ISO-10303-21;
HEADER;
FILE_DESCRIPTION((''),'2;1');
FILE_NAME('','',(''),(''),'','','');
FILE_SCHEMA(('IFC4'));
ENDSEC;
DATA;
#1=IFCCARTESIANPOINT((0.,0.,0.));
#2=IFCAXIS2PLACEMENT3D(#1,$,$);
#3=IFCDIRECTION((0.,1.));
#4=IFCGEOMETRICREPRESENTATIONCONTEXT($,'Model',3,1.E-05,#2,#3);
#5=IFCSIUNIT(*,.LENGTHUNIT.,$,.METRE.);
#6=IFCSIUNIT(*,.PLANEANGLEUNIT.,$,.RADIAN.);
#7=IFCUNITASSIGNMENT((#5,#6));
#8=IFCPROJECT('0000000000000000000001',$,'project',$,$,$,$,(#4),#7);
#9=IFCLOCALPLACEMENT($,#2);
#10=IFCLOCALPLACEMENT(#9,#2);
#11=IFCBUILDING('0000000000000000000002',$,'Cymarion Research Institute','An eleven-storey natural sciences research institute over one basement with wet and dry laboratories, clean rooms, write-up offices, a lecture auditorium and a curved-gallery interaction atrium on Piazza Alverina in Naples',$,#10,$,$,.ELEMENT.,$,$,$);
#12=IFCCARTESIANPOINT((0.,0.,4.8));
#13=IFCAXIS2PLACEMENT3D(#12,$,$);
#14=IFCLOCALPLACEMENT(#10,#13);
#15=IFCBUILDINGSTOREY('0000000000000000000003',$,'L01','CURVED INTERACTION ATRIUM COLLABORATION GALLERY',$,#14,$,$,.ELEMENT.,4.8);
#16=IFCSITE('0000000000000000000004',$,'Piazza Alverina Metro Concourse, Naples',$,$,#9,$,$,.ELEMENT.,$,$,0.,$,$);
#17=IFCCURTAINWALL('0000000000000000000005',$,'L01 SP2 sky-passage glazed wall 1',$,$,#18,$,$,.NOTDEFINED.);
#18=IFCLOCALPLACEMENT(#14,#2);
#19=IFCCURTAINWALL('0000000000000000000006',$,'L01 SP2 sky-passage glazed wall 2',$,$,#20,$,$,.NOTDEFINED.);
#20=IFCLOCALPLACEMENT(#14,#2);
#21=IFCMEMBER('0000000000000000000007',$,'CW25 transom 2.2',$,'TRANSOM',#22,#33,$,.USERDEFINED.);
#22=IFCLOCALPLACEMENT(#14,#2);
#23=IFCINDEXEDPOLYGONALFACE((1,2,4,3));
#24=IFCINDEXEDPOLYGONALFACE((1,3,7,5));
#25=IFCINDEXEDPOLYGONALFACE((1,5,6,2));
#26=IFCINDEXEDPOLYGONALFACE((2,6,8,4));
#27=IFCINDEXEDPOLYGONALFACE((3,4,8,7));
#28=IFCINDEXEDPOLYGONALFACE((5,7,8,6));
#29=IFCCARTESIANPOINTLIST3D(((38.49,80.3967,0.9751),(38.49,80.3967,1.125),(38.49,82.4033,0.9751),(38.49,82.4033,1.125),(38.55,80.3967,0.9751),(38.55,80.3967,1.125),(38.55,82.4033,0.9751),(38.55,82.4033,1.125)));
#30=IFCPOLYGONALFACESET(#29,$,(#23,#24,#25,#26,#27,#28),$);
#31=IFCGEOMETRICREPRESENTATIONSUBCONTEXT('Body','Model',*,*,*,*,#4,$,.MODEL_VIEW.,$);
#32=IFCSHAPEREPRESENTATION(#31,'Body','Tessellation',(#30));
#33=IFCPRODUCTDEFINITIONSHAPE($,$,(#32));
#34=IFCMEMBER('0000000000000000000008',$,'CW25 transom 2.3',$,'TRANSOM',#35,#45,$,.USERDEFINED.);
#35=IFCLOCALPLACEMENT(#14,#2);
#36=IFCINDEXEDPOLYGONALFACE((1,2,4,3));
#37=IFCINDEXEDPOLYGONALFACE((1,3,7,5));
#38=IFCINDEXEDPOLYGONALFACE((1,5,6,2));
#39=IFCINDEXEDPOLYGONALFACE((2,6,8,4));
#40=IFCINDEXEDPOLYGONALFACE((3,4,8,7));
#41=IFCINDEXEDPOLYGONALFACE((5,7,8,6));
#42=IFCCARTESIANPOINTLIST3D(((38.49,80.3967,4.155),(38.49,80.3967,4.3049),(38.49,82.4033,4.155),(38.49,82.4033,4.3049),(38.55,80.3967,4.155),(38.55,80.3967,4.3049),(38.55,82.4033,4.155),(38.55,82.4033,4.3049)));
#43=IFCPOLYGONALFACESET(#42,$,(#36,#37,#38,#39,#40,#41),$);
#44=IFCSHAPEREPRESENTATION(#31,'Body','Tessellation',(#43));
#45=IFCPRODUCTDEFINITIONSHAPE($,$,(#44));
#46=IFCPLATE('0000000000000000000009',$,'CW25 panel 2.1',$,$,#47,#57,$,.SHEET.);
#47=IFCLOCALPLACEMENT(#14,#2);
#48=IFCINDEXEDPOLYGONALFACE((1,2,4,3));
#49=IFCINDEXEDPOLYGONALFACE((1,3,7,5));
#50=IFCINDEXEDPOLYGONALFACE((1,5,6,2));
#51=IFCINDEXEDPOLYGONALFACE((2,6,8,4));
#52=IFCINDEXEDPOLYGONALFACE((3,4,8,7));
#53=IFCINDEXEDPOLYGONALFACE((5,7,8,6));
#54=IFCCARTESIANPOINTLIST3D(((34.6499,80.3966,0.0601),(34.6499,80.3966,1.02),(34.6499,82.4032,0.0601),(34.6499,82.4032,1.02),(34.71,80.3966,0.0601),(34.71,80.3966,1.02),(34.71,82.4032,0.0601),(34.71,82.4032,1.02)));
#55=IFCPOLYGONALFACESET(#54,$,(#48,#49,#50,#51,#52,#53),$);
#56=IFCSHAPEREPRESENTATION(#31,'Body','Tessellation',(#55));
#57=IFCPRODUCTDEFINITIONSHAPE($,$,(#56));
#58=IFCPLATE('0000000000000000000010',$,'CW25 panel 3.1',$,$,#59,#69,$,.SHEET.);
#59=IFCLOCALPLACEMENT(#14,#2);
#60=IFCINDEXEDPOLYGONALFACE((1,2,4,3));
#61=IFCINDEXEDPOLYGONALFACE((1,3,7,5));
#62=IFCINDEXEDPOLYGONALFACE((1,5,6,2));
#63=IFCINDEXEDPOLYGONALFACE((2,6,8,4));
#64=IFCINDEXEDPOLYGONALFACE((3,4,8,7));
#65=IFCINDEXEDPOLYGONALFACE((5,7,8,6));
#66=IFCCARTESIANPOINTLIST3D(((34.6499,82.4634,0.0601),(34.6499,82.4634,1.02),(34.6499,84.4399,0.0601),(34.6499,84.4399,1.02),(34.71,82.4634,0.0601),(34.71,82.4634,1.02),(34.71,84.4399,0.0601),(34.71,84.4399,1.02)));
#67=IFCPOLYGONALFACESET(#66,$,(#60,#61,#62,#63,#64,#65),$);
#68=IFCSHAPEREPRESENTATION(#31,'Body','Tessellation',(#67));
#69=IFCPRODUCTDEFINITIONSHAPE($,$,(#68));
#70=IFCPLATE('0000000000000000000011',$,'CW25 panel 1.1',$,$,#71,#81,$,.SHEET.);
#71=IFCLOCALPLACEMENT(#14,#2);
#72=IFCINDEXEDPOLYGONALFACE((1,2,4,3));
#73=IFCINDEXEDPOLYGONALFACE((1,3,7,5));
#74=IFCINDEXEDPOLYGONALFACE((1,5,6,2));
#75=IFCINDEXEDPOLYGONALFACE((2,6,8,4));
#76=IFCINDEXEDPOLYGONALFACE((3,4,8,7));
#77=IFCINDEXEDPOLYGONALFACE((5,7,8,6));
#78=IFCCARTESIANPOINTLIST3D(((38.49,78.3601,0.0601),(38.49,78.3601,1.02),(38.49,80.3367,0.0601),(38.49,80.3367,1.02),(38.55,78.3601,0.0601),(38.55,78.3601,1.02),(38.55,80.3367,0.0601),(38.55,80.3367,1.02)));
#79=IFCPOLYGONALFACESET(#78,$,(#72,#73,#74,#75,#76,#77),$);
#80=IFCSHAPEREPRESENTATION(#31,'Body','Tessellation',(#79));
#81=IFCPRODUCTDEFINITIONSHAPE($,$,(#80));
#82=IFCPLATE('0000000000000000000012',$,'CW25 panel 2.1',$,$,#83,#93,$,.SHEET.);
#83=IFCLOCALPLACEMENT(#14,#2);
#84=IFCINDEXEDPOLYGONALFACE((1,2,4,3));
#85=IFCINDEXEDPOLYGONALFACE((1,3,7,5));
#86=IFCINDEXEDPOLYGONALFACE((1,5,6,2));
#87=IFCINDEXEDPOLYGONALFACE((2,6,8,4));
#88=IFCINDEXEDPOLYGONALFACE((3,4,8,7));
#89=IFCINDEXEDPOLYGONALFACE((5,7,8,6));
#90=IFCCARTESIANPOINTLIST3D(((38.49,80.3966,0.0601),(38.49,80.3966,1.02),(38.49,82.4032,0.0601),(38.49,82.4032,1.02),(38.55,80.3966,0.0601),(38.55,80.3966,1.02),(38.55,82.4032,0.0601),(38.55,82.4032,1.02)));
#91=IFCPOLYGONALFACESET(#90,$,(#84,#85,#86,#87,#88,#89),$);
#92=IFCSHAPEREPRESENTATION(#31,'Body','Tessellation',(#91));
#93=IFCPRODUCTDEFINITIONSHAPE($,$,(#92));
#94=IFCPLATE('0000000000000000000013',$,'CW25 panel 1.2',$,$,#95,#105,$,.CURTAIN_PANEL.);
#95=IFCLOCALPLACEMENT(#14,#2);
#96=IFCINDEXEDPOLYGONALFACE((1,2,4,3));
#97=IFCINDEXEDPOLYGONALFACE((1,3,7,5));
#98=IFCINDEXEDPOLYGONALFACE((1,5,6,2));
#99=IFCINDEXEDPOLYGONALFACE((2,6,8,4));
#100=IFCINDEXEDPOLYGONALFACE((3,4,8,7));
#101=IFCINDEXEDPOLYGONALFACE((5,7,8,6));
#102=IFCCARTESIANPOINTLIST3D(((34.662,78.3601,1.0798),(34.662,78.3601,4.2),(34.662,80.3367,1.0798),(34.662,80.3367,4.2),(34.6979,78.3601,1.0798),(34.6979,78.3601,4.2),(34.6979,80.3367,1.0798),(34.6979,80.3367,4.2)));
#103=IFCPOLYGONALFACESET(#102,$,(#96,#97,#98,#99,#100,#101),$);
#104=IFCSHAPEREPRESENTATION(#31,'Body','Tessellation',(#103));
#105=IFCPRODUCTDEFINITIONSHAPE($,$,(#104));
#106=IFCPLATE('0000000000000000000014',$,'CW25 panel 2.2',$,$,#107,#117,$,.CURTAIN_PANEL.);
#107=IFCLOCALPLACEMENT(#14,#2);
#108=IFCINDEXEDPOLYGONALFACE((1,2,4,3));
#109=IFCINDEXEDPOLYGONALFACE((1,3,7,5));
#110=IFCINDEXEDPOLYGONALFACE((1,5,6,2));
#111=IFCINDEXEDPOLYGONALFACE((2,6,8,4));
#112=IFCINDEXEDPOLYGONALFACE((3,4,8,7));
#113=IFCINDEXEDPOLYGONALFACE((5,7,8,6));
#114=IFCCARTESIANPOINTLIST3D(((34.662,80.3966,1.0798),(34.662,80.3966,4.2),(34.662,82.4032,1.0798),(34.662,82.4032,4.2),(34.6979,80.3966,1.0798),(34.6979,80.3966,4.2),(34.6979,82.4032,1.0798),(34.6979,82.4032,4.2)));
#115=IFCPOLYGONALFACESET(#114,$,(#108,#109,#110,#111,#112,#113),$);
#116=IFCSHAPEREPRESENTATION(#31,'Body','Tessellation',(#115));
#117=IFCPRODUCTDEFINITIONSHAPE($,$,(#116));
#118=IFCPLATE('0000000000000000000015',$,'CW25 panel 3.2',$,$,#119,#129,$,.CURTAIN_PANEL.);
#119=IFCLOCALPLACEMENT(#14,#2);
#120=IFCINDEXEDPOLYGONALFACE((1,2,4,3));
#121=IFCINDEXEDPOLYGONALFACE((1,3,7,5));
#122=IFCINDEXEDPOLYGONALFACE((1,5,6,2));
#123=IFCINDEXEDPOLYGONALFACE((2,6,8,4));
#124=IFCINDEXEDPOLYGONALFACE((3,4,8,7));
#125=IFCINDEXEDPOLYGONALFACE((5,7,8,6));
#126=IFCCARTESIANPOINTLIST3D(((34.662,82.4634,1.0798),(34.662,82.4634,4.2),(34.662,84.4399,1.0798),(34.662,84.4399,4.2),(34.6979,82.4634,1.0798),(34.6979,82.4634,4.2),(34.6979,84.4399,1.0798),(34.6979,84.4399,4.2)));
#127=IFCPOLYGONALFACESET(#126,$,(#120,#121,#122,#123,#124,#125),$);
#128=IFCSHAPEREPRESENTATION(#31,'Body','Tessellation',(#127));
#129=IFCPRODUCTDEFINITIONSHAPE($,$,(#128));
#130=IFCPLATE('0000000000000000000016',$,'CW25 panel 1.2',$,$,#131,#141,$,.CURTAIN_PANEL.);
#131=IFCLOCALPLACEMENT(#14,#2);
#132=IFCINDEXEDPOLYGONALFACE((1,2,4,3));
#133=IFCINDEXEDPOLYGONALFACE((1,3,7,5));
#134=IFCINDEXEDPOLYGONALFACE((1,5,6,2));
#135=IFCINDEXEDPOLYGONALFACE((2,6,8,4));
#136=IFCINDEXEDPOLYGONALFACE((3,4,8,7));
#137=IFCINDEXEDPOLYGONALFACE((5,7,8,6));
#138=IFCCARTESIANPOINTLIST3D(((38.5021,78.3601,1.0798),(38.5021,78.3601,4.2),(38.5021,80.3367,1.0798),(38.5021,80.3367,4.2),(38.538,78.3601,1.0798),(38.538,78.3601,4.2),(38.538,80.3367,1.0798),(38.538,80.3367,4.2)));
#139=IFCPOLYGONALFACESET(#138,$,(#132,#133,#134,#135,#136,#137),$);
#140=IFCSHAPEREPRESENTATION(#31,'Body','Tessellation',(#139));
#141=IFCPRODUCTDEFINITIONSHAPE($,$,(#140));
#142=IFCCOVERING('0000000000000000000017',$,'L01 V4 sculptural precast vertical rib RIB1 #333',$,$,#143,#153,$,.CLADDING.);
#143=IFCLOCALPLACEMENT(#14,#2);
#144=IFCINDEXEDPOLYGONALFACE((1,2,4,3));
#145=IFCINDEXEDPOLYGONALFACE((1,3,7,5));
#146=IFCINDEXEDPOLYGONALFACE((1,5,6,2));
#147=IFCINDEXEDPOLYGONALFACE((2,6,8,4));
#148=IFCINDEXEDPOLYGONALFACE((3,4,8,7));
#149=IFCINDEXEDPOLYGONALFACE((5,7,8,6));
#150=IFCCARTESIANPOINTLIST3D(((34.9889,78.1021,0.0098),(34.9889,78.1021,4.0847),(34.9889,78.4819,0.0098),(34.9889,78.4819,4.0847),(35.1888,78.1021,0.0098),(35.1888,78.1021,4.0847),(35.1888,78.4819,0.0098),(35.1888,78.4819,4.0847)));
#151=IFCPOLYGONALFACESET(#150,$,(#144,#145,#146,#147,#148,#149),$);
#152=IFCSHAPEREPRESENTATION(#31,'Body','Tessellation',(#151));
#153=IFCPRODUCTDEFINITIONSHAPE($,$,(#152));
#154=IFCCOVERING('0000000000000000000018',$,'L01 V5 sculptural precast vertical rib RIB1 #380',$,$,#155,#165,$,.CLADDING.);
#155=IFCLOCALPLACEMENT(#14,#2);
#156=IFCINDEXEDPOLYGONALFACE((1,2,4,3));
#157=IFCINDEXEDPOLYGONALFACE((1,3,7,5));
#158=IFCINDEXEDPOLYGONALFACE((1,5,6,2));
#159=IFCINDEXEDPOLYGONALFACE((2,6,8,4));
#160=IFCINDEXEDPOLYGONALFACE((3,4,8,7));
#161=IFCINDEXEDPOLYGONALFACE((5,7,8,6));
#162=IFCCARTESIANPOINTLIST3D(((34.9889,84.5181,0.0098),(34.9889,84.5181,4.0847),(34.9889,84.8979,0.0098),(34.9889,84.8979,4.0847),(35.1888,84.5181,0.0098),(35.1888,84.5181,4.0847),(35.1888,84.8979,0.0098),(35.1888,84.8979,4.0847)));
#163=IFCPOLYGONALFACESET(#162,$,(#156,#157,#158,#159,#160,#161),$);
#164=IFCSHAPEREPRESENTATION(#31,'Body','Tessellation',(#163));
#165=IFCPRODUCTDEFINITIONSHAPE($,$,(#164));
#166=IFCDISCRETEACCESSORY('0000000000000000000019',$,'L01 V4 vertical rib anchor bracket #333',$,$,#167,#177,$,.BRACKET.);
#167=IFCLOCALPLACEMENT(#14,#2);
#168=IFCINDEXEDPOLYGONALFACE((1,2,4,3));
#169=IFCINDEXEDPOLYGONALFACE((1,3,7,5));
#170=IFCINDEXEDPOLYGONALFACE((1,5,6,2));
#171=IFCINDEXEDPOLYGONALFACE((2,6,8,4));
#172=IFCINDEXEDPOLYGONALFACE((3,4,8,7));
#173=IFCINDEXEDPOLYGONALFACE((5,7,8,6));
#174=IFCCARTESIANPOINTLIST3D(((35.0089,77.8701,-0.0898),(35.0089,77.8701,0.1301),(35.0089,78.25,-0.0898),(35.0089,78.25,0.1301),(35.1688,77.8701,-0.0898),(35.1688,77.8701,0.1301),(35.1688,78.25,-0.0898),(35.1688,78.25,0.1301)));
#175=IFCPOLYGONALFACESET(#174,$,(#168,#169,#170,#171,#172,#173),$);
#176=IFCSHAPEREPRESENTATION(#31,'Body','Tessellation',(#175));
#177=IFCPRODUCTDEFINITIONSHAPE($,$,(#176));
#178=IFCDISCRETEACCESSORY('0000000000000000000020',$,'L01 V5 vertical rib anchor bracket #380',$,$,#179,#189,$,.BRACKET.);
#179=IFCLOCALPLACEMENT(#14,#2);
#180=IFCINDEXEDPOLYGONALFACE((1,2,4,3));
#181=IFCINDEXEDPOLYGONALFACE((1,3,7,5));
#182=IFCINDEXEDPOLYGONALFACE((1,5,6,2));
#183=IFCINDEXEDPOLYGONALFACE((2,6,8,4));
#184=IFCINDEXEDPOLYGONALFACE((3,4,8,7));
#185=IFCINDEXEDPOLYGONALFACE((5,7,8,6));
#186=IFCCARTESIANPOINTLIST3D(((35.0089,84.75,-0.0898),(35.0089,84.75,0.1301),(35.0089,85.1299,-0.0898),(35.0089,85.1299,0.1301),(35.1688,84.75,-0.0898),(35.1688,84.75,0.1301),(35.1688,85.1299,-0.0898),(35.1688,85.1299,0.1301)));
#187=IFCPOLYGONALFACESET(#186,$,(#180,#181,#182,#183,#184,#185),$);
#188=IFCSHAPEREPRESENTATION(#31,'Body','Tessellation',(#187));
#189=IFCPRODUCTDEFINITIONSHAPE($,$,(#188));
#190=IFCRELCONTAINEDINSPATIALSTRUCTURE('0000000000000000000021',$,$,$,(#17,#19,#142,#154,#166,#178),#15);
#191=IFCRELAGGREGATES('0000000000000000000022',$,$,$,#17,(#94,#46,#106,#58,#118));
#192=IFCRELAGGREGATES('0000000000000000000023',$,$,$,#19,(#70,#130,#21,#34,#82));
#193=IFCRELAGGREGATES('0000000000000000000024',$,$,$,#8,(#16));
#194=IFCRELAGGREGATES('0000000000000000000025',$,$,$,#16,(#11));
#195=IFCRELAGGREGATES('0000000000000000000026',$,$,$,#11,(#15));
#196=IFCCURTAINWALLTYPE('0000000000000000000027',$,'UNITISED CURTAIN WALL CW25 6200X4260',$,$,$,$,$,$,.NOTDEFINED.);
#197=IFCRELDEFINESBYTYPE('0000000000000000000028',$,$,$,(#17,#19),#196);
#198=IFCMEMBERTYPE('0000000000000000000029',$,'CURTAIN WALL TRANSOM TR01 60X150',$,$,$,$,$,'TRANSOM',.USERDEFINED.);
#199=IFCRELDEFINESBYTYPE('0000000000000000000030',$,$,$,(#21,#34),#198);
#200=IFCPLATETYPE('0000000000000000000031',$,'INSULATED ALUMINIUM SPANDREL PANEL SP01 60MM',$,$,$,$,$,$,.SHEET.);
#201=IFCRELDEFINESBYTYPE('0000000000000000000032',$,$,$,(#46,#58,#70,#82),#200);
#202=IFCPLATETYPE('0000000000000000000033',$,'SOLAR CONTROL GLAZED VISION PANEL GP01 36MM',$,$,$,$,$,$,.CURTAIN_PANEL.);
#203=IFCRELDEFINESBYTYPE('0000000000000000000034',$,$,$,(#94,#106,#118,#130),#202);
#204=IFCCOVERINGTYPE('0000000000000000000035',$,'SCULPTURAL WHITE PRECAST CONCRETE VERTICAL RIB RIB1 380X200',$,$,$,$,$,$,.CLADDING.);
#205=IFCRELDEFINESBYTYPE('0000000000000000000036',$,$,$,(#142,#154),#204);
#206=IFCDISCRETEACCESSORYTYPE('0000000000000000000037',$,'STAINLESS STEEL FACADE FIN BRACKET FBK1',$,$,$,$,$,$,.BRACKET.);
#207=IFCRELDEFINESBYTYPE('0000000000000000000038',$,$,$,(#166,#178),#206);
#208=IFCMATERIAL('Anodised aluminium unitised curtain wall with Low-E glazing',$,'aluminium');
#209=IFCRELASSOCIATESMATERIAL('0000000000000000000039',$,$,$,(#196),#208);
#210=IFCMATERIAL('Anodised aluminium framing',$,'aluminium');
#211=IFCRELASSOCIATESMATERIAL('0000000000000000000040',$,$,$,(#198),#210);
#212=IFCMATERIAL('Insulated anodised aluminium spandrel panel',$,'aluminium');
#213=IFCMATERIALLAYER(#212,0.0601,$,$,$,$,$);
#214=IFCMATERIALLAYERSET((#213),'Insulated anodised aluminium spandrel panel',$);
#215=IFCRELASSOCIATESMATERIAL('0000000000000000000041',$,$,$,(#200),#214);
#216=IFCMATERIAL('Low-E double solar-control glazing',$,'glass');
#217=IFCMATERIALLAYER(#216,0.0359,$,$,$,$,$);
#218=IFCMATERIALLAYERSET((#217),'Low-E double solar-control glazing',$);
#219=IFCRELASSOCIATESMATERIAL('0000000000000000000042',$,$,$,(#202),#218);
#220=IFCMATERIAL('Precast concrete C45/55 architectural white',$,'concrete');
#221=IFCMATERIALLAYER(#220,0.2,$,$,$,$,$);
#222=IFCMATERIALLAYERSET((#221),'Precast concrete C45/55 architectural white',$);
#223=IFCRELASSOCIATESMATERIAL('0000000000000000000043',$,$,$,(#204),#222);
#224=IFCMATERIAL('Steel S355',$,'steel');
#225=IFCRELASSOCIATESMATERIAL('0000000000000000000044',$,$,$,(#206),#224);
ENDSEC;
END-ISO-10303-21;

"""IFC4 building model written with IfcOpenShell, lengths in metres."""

from ifc_helpers import new_model, si_unit, direction, frame, origin, origin_2d, place, context, subcontext, project, spatial, rectangle, extrude, material, layer, layer_set, material_profile, profile_set, type_object, element, aggregate, save


model = new_model("IFC4")

# Units and contexts
model_context = context("Model", 3, precision=1e-05, world=origin(), true_north=direction((0.0, 1.0)))
body_context = subcontext(model_context, "Body", "Model", "MODEL_VIEW")
ifc_project = project(units=[si_unit("LENGTHUNIT", "METRE"), si_unit("PLANEANGLEUNIT", "RADIAN")], contexts=[model_context])

# Site, building, storey
site_placement = place(None, origin())
site = spatial("IfcSite", under=ifc_project, at=site_placement, Name="Piazza Alverina Metro Concourse, Naples", CompositionType="ELEMENT", RefElevation=0.0)
building_placement = place(site_placement, origin())
building = spatial("IfcBuilding", under=site, at=building_placement, Name="Cymarion Research Institute", Description="An eleven-storey natural sciences research institute over one basement with wet and dry laboratories, clean rooms, write-up offices, a lecture auditorium and a curved-gallery interaction atrium on Piazza Alverina in Naples", CompositionType="ELEMENT")
storey_placement = place(building_placement, frame((0.0, 0.0, 4.8)))
storey = spatial("IfcBuildingStorey", under=building, at=storey_placement, Name="L01", Description="CURVED INTERACTION ATRIUM COLLABORATION GALLERY", CompositionType="ELEMENT", Elevation=4.8)

# Curtain walls
ifc_material_1 = material(Name="Anodised aluminium unitised curtain wall with Low-E glazing", Category="aluminium")
curtain_wall_type = type_object("IfcCurtainWallType", Name="UNITISED CURTAIN WALL CW25 6200X4260", PredefinedType="NOTDEFINED", material=ifc_material_1)
curtain_wall_1_placement = place(storey_placement, origin())
curtain_wall_1 = element("IfcCurtainWall", 1, at=curtain_wall_1_placement, inside=storey, type_object=curtain_wall_type, Name="L01 SP2 sky-passage glazed wall 1", PredefinedType="NOTDEFINED")
ifc_material_2 = material(Name="Anodised aluminium framing", Category="aluminium")
curtain_wall_2_placement = place(storey_placement, origin())
curtain_wall_2 = element("IfcCurtainWall", 2, at=curtain_wall_2_placement, inside=storey, type_object=curtain_wall_type, Name="L01 SP2 sky-passage glazed wall 2", PredefinedType="NOTDEFINED")

# Members
ifc_material_profile_1 = material_profile(ifc_material_2, rectangle(XDim=0.0601, YDim=0.1499, at=origin_2d()), Name="ALU TRANSOM 60x150")
ifc_profile_set_1 = profile_set([ifc_material_profile_1], Name="Anodised aluminium framing")
member_type_1 = type_object("IfcMemberType", Name="CURTAIN WALL TRANSOM TR01 60X150", ElementType="TRANSOM", PredefinedType="USERDEFINED", material=ifc_profile_set_1)
member_1_placement = place(storey_placement, frame((38.52, 80.3967, 1.05), z_axis=(0.0, 1.0, 0.0), x_axis=(-1.0, 0.0, 0.0)))
member_1 = element("IfcMember", 3, at=member_1_placement, type_object=member_type_1, Name="CW25 transom 2.2", ObjectType="TRANSOM", PredefinedType="USERDEFINED", context=body_context, shape_type="SweptSolid", body=[
    extrude(rectangle(XDim=0.0601, YDim=0.1499, at=origin_2d()), origin(), (0.0, 0.0, 1.0), 2.0066),
])
member_2_placement = place(storey_placement, frame((38.52, 80.3967, 4.23), z_axis=(0.0, 1.0, 0.0), x_axis=(-1.0, 0.0, 0.0)))
member_2 = element("IfcMember", 4, at=member_2_placement, type_object=member_type_1, Name="CW25 transom 2.3", ObjectType="TRANSOM", PredefinedType="USERDEFINED", context=body_context, shape_type="SweptSolid", body=[
    extrude(rectangle(XDim=0.0601, YDim=0.1499, at=origin_2d()), origin(), (0.0, 0.0, 1.0), 2.0066),
])

# Plates
ifc_material_3 = material(Name="Insulated anodised aluminium spandrel panel", Category="aluminium")
ifc_layer_1 = layer(ifc_material_3, 0.0601)
ifc_layer_set_1 = layer_set([ifc_layer_1], Name="Insulated anodised aluminium spandrel panel")
plate_type_1 = type_object("IfcPlateType", Name="INSULATED ALUMINIUM SPANDREL PANEL SP01 60MM", PredefinedType="SHEET", material=ifc_layer_set_1)
plate_1_placement = place(storey_placement, frame((34.6799, 81.3999, 0.0601), z_axis=(0.0, 0.0, 1.0), x_axis=(0.0, 1.0, 0.0)))
plate_1 = element("IfcPlate", 5, at=plate_1_placement, type_object=plate_type_1, Name="CW25 panel 2.1", PredefinedType="SHEET", context=body_context, shape_type="SweptSolid", body=[
    extrude(rectangle(XDim=2.0066, YDim=0.0601, at=origin_2d()), origin(), (0.0, 0.0, 1.0), 0.96),
])
plate_2_placement = place(storey_placement, frame((34.6799, 83.4517, 0.0601), z_axis=(0.0, 0.0, 1.0), x_axis=(0.0, 1.0, 0.0)))
plate_2 = element("IfcPlate", 6, at=plate_2_placement, type_object=plate_type_1, Name="CW25 panel 3.1", PredefinedType="SHEET", context=body_context, shape_type="SweptSolid", body=[
    extrude(rectangle(XDim=1.9766, YDim=0.0601, at=origin_2d()), origin(), (0.0, 0.0, 1.0), 0.96),
])
plate_3_placement = place(storey_placement, frame((38.52, 79.3484, 0.0601), z_axis=(0.0, 0.0, 1.0), x_axis=(0.0, 1.0, 0.0)))
plate_3 = element("IfcPlate", 7, at=plate_3_placement, type_object=plate_type_1, Name="CW25 panel 1.1", PredefinedType="SHEET", context=body_context, shape_type="SweptSolid", body=[
    extrude(rectangle(XDim=1.9766, YDim=0.0601, at=origin_2d()), origin(), (0.0, 0.0, 1.0), 0.96),
])
plate_4_placement = place(storey_placement, frame((38.52, 81.3999, 0.0601), z_axis=(0.0, 0.0, 1.0), x_axis=(0.0, 1.0, 0.0)))
plate_4 = element("IfcPlate", 8, at=plate_4_placement, type_object=plate_type_1, Name="CW25 panel 2.1", PredefinedType="SHEET", context=body_context, shape_type="SweptSolid", body=[
    extrude(rectangle(XDim=2.0066, YDim=0.0601, at=origin_2d()), origin(), (0.0, 0.0, 1.0), 0.96),
])
ifc_material_4 = material(Name="Low-E double solar-control glazing", Category="glass")
ifc_layer_2 = layer(ifc_material_4, 0.0359)
ifc_layer_set_2 = layer_set([ifc_layer_2], Name="Low-E double solar-control glazing")
plate_type_2 = type_object("IfcPlateType", Name="SOLAR CONTROL GLAZED VISION PANEL GP01 36MM", PredefinedType="CURTAIN_PANEL", material=ifc_layer_set_2)
plate_5_placement = place(storey_placement, frame((34.6799, 79.3484, 1.0798), z_axis=(0.0, 0.0, 1.0), x_axis=(0.0, 1.0, 0.0)))
plate_5 = element("IfcPlate", 9, at=plate_5_placement, type_object=plate_type_2, Name="CW25 panel 1.2", PredefinedType="CURTAIN_PANEL", context=body_context, shape_type="SweptSolid", body=[
    extrude(rectangle(XDim=1.9766, YDim=0.0359, at=origin_2d()), origin(), (0.0, 0.0, 1.0), 3.1201),
])
plate_6_placement = place(storey_placement, frame((34.6799, 81.3999, 1.0798), z_axis=(0.0, 0.0, 1.0), x_axis=(0.0, 1.0, 0.0)))
plate_6 = element("IfcPlate", 10, at=plate_6_placement, type_object=plate_type_2, Name="CW25 panel 2.2", PredefinedType="CURTAIN_PANEL", context=body_context, shape_type="SweptSolid", body=[
    extrude(rectangle(XDim=2.0066, YDim=0.0359, at=origin_2d()), origin(), (0.0, 0.0, 1.0), 3.1201),
])
plate_7_placement = place(storey_placement, frame((34.6799, 83.4517, 1.0798), z_axis=(0.0, 0.0, 1.0), x_axis=(0.0, 1.0, 0.0)))
plate_7 = element("IfcPlate", 11, at=plate_7_placement, type_object=plate_type_2, Name="CW25 panel 3.2", PredefinedType="CURTAIN_PANEL", context=body_context, shape_type="SweptSolid", body=[
    extrude(rectangle(XDim=1.9766, YDim=0.0359, at=origin_2d()), origin(), (0.0, 0.0, 1.0), 3.1201),
])
aggregate(curtain_wall_1, [plate_5, plate_1, plate_6, plate_2, plate_7])
plate_8_placement = place(storey_placement, frame((38.52, 79.3484, 1.0798), z_axis=(0.0, 0.0, 1.0), x_axis=(0.0, 1.0, 0.0)))
plate_8 = element("IfcPlate", 12, at=plate_8_placement, type_object=plate_type_2, Name="CW25 panel 1.2", PredefinedType="CURTAIN_PANEL", context=body_context, shape_type="SweptSolid", body=[
    extrude(rectangle(XDim=1.9766, YDim=0.0359, at=origin_2d()), origin(), (0.0, 0.0, 1.0), 3.1201),
])
aggregate(curtain_wall_2, [plate_3, plate_8, member_1, member_2, plate_4])

# Coverings
ifc_material_5 = material(Name="Precast concrete C45/55 architectural white", Category="concrete")
ifc_layer_3 = layer(ifc_material_5, 0.2)
ifc_layer_set_3 = layer_set([ifc_layer_3], Name="Precast concrete C45/55 architectural white")
covering_type = type_object("IfcCoveringType", Name="SCULPTURAL WHITE PRECAST CONCRETE VERTICAL RIB RIB1 380X200", PredefinedType="CLADDING", material=ifc_layer_set_3)
for number, where, z_axis, x_axis, name in (
    (13, (35.0889, 78.292, 0.0098), (0.0, 0.0, 1.0), (0.0, 1.0, 0.0), "L01 V4 sculptural precast vertical rib RIB1 #333"),
    (14, (35.0889, 84.708, 0.0098), (0.0, 0.0, 1.0), (0.0, -1.0, 0.0), "L01 V5 sculptural precast vertical rib RIB1 #380"),
):
    element("IfcCovering", number, at=place(storey_placement, frame(where, z_axis=z_axis, x_axis=x_axis)), inside=storey, type_object=covering_type, Name=name, PredefinedType="CLADDING", context=body_context, shape_type="SweptSolid", body=[
        extrude(rectangle(XDim=0.3799, YDim=0.2, at=origin_2d()), origin(), (0.0, 0.0, 1.0), 4.075),
    ])

# Discrete accessories
ifc_material_6 = material(Name="Steel S355", Category="steel")
discrete_accessory_type = type_object("IfcDiscreteAccessoryType", Name="STAINLESS STEEL FACADE FIN BRACKET FBK1", PredefinedType="BRACKET", material=ifc_material_6)
for number, where, z_axis, x_axis, name in (
    (15, (35.0889, 78.0601, -0.0898), (0.0, 0.0, 1.0), (0.0, 1.0, 0.0), "L01 V4 vertical rib anchor bracket #333"),
    (16, (35.0889, 84.9399, -0.0898), (0.0, 0.0, 1.0), (0.0, -1.0, 0.0), "L01 V5 vertical rib anchor bracket #380"),
):
    element("IfcDiscreteAccessory", number, at=place(storey_placement, frame(where, z_axis=z_axis, x_axis=x_axis)), inside=storey, type_object=discrete_accessory_type, Name=name, PredefinedType="BRACKET", context=body_context, shape_type="SweptSolid", body=[
        extrude(rectangle(XDim=0.3799, YDim=0.1599, at=origin_2d()), origin(), (0.0, 0.0, 1.0), 0.22),
    ])

save(model, "model.ifc")
